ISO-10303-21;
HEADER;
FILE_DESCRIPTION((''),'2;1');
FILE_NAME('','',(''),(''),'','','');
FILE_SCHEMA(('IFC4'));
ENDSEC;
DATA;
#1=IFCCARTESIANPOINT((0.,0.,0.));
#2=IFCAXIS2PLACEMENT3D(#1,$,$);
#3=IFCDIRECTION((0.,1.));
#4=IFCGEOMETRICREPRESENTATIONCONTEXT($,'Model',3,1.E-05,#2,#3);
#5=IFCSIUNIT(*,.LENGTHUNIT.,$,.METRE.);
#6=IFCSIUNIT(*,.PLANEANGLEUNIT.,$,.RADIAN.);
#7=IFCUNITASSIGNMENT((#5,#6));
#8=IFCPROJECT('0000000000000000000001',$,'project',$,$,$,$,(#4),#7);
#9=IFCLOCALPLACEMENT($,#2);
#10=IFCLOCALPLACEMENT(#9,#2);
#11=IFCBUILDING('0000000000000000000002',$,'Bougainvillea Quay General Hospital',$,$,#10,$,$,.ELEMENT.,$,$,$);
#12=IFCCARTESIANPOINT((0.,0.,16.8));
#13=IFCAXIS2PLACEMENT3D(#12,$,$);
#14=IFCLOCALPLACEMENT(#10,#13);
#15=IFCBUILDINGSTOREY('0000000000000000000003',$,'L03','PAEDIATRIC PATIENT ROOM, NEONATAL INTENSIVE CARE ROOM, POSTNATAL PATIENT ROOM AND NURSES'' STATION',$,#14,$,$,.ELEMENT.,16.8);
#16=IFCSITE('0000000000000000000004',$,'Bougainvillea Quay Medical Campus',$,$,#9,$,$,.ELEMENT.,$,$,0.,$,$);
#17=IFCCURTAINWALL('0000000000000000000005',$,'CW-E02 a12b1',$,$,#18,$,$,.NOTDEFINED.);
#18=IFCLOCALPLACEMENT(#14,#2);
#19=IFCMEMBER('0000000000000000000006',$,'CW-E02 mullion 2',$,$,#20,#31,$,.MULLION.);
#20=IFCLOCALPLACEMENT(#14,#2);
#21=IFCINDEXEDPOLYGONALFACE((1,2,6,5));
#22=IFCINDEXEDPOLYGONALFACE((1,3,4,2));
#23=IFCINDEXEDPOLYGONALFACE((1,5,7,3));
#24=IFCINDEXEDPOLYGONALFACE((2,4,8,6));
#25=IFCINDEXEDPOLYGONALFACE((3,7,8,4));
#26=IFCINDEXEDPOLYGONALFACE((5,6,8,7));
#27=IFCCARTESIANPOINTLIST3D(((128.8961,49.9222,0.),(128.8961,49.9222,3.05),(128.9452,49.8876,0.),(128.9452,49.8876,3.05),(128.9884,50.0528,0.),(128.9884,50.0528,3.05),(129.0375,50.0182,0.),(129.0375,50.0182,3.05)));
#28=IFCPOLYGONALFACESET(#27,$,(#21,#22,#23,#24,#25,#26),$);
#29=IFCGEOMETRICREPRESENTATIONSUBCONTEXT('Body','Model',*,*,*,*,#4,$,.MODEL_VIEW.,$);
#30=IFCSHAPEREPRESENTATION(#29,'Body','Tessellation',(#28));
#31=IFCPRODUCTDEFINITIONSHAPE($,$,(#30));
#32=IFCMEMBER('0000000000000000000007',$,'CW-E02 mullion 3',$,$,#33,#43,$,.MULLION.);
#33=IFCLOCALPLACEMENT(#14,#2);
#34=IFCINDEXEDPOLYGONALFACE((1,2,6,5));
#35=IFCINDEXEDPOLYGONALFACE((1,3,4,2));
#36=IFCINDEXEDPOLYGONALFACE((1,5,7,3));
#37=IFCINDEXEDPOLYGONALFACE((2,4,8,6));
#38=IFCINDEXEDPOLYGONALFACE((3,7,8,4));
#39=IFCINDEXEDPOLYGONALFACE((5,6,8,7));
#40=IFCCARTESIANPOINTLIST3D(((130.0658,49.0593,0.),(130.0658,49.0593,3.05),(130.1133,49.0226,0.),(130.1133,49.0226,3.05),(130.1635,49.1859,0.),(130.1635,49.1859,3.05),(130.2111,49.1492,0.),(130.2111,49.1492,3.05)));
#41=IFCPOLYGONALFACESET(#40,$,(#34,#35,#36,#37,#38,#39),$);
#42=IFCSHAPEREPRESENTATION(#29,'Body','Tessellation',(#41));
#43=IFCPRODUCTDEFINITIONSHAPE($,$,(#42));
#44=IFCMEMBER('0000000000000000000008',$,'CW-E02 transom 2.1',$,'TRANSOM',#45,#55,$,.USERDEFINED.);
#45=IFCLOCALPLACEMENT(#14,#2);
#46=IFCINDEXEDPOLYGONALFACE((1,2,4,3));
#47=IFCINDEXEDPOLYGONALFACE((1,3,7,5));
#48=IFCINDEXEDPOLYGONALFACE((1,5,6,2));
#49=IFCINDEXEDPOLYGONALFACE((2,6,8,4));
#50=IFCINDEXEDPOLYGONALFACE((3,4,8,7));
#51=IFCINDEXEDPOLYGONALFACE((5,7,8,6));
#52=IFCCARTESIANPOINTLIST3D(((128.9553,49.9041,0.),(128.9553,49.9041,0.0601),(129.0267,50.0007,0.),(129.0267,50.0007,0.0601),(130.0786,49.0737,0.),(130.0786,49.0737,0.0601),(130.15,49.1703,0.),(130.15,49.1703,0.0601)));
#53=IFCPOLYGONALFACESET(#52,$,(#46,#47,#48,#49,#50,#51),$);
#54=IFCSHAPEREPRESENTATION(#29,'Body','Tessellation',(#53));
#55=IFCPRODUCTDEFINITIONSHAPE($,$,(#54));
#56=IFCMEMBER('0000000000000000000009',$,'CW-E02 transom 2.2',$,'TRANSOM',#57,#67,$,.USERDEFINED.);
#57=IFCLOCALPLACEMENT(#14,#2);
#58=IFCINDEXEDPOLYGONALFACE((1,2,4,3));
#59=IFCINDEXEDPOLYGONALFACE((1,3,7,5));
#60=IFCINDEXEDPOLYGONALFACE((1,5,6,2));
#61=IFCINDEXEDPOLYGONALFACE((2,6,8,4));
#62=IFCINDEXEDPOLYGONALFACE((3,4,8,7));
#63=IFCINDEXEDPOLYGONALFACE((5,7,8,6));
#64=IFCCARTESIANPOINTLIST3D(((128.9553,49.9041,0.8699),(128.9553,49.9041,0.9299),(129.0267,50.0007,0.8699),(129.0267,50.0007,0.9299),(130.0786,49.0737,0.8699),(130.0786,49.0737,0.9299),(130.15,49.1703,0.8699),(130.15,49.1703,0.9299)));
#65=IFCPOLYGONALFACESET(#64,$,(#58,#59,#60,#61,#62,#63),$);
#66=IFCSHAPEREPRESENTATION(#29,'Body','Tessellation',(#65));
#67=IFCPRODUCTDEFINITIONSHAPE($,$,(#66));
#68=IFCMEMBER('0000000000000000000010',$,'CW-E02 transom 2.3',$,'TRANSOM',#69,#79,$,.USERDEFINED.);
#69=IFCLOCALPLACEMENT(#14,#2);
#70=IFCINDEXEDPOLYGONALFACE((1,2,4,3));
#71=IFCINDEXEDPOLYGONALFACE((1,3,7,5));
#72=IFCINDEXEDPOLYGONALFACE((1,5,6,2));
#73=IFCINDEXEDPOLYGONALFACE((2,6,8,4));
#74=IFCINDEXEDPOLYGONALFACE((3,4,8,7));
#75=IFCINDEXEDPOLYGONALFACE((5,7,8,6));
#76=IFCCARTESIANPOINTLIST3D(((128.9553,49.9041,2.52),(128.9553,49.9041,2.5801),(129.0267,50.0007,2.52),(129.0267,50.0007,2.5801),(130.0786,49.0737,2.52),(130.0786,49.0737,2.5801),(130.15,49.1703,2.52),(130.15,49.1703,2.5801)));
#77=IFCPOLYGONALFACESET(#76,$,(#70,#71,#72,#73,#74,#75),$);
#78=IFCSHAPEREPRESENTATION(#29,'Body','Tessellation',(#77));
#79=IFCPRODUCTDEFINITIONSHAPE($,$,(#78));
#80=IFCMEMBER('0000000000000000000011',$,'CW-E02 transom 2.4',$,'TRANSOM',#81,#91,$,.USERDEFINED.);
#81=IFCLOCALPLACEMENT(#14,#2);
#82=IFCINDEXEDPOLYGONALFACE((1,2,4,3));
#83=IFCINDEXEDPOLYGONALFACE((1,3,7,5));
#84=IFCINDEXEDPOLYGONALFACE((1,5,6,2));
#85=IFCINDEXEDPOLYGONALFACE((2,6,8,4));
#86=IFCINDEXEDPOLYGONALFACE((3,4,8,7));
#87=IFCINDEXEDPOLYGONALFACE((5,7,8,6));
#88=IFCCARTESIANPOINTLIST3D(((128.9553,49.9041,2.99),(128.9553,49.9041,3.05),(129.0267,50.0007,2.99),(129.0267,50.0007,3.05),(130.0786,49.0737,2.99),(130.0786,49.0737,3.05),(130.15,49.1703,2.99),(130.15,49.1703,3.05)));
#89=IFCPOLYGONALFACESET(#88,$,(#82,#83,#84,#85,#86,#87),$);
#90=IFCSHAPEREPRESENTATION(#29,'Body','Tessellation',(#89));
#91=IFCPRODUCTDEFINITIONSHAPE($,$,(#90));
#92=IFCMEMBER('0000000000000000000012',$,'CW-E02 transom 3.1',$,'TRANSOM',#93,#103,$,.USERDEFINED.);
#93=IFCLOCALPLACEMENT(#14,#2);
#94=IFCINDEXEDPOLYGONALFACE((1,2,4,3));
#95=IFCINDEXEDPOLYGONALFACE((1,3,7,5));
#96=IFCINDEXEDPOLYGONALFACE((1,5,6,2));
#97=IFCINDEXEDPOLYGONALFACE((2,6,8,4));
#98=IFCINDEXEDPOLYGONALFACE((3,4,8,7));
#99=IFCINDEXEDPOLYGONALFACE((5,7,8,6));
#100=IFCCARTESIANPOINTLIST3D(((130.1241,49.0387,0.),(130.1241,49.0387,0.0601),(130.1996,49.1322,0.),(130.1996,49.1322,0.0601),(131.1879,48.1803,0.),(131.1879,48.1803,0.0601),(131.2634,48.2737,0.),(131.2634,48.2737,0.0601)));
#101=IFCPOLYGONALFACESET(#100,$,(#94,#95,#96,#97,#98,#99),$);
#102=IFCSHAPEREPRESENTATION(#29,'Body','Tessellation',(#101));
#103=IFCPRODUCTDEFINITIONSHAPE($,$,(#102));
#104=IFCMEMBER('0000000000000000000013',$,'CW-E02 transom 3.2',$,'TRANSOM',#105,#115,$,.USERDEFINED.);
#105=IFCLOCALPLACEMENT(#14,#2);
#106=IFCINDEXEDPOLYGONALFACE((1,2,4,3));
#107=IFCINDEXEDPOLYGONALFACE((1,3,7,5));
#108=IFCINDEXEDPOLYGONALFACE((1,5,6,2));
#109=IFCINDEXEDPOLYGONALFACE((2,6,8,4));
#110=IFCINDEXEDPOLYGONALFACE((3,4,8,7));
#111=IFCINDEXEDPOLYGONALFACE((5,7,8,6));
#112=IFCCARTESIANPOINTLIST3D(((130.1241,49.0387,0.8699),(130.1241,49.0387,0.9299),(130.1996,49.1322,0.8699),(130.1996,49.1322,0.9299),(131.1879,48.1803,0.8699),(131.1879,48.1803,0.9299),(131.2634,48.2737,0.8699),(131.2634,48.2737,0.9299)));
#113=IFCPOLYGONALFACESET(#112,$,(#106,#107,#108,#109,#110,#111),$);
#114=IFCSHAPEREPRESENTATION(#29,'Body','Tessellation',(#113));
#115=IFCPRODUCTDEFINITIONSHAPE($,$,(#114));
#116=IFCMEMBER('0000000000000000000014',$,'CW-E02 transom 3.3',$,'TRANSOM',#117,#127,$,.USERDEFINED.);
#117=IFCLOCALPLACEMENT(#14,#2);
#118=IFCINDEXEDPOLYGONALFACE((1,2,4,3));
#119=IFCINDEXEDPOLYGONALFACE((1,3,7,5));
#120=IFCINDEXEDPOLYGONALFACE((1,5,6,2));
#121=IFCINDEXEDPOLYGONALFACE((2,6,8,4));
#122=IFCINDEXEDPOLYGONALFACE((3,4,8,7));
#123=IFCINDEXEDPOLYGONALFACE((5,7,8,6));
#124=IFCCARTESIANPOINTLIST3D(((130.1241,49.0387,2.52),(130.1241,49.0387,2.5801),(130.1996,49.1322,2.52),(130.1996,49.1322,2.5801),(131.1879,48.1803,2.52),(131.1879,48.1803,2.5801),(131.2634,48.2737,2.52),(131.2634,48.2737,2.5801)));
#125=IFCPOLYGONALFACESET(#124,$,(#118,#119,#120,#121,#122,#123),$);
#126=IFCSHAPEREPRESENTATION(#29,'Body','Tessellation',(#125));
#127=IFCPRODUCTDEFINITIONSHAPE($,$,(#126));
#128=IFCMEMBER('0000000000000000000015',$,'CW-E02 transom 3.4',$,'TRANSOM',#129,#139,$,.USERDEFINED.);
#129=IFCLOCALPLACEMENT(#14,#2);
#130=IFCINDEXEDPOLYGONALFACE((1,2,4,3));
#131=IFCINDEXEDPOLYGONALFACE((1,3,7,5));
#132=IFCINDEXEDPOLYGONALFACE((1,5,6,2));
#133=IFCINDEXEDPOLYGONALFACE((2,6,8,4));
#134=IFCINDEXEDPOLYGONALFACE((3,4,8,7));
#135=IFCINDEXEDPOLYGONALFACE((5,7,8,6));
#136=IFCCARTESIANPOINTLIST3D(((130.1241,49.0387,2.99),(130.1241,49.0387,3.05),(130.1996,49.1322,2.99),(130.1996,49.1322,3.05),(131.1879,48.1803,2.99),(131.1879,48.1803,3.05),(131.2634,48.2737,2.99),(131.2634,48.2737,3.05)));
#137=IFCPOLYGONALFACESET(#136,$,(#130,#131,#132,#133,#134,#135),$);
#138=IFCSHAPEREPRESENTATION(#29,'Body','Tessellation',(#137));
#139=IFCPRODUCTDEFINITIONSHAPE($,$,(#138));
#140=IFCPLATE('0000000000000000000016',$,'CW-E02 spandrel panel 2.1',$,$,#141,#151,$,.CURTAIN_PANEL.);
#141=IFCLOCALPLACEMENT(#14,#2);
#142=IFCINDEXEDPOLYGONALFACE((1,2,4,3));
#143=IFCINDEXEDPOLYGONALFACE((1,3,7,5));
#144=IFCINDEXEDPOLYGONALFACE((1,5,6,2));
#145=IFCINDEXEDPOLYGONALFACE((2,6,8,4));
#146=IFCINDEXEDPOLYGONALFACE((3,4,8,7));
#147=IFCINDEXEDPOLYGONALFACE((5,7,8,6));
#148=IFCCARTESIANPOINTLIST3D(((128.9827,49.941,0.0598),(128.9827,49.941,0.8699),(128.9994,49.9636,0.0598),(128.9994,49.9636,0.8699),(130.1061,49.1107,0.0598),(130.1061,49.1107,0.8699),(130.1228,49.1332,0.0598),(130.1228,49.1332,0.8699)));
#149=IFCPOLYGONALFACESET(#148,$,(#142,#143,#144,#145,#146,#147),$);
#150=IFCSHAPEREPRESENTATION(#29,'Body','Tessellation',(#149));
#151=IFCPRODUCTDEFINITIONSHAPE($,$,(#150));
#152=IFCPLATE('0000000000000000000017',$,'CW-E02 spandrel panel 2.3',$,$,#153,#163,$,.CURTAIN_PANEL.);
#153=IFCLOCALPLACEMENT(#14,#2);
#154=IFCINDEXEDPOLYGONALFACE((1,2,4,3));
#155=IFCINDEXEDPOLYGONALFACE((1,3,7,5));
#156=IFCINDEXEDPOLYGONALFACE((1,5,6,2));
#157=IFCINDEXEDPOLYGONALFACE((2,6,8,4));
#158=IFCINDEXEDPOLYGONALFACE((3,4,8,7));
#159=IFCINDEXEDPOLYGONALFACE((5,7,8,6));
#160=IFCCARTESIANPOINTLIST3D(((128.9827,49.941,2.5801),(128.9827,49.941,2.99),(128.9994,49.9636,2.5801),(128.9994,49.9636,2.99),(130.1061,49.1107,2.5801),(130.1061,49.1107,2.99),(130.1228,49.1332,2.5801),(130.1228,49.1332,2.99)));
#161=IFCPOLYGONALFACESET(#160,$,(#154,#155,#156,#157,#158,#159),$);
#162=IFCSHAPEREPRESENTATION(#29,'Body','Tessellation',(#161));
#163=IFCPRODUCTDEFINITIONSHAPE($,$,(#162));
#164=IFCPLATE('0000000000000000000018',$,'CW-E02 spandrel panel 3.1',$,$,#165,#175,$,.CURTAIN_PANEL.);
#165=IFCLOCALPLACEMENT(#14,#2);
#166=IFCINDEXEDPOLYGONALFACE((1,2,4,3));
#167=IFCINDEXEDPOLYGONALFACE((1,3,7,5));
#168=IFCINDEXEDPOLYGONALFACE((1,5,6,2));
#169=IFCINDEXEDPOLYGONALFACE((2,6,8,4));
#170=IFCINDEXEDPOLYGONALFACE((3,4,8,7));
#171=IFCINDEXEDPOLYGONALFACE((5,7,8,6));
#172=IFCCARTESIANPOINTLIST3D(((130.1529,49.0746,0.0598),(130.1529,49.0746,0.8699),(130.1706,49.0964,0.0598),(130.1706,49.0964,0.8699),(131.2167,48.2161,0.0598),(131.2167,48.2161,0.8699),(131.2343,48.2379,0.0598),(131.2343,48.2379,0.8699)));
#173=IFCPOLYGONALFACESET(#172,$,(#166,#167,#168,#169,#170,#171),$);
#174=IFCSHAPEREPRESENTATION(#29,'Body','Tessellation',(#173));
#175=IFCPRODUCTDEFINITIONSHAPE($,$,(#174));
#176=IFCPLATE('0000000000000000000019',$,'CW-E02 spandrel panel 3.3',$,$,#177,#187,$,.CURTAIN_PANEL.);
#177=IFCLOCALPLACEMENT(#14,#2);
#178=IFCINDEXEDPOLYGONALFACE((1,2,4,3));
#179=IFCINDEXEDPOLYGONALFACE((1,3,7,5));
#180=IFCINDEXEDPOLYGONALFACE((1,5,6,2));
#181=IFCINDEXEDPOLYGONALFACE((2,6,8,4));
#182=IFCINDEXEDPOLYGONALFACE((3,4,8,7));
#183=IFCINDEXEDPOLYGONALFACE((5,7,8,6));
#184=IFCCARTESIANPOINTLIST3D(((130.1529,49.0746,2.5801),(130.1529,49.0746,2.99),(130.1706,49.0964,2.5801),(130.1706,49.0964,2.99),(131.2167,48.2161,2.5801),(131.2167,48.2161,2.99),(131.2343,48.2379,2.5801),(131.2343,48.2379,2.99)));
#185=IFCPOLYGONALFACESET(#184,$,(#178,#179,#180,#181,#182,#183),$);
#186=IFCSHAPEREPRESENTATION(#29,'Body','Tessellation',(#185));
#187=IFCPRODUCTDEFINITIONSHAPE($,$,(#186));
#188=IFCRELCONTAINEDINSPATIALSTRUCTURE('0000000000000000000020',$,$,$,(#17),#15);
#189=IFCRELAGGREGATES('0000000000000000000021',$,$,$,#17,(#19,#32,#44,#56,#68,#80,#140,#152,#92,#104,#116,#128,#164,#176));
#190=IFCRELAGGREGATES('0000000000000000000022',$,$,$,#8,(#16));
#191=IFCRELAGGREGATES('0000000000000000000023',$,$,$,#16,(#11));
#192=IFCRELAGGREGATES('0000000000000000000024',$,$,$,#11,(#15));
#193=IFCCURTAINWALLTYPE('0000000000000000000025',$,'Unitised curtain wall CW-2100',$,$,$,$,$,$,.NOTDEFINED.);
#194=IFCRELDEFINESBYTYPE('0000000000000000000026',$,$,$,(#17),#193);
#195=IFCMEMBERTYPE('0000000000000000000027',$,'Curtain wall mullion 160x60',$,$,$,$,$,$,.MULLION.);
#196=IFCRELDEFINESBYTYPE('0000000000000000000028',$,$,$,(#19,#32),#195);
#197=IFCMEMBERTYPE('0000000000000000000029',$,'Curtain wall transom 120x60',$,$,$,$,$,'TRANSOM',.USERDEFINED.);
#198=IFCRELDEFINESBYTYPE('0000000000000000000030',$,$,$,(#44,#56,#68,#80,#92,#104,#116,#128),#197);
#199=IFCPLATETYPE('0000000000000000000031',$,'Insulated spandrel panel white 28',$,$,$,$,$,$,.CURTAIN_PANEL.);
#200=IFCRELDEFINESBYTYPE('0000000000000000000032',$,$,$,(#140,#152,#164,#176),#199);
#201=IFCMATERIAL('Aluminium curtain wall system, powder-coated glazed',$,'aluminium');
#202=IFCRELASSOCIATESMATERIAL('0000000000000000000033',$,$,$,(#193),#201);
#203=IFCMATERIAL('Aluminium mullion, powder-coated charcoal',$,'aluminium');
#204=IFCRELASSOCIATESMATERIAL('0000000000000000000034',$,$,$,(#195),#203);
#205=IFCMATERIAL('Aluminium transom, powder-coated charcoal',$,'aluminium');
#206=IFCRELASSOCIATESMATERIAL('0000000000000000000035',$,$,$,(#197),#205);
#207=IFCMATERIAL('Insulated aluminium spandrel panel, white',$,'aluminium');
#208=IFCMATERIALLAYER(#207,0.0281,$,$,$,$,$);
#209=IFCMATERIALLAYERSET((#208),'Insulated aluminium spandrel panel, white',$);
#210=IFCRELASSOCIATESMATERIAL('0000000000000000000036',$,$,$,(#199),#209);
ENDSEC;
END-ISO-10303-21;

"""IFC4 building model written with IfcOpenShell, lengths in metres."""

from ifc_helpers import new_model, si_unit, direction, frame, origin, origin_2d, place, context, subcontext, project, spatial, rectangle, extrude, material, layer, layer_set, material_profile, profile_set, type_object, element, aggregate, save


model = new_model("IFC4")

# Units and contexts
model_context = context("Model", 3, precision=1e-05, world=origin(), true_north=direction((0.0, 1.0)))
body_context = subcontext(model_context, "Body", "Model", "MODEL_VIEW")
ifc_project = project(units=[si_unit("LENGTHUNIT", "METRE"), si_unit("PLANEANGLEUNIT", "RADIAN")], contexts=[model_context])

# Site, building, storey
site_placement = place(None, origin())
site = spatial("IfcSite", under=ifc_project, at=site_placement, Name="Bougainvillea Quay Medical Campus", CompositionType="ELEMENT", RefElevation=0.0)
building_placement = place(site_placement, origin())
building = spatial("IfcBuilding", under=site, at=building_placement, Name="Bougainvillea Quay General Hospital", CompositionType="ELEMENT")
storey_placement = place(building_placement, frame((0.0, 0.0, 16.8)))
storey = spatial("IfcBuildingStorey", under=building, at=storey_placement, Name="L03", Description="PAEDIATRIC PATIENT ROOM, NEONATAL INTENSIVE CARE ROOM, POSTNATAL PATIENT ROOM AND NURSES' STATION", CompositionType="ELEMENT", Elevation=16.8)

# Curtain wall, members, plates
ifc_material_1 = material(Name="Aluminium curtain wall system, powder-coated glazed", Category="aluminium")
curtain_wall_type = type_object("IfcCurtainWallType", Name="Unitised curtain wall CW-2100", PredefinedType="NOTDEFINED", material=ifc_material_1)
curtain_wall_placement = place(storey_placement, origin())
curtain_wall = element("IfcCurtainWall", 1, at=curtain_wall_placement, inside=storey, type_object=curtain_wall_type, Name="CW-E02 a12b1", PredefinedType="NOTDEFINED")
ifc_material_2 = material(Name="Aluminium mullion, powder-coated charcoal", Category="aluminium")
ifc_material_profile_1 = material_profile(ifc_material_2, rectangle(XDim=0.1599, YDim=0.0601, at=origin_2d()))
ifc_profile_set_1 = profile_set([ifc_material_profile_1], Name="Aluminium mullion, powder-coated charcoal")
member_type_1 = type_object("IfcMemberType", Name="Curtain wall mullion 160x60", PredefinedType="MULLION", material=ifc_profile_set_1)
member_1_placement = place(storey_placement, frame((128.9668, 49.9702, 0.0), z_axis=(0.0, 0.0, 1.0), x_axis=(0.577136, 0.816648, 0.0)))
member_1 = element("IfcMember", 2, at=member_1_placement, type_object=member_type_1, Name="CW-E02 mullion 2", PredefinedType="MULLION", context=body_context, shape_type="SweptSolid", body=[
    extrude(rectangle(XDim=0.1599, YDim=0.0601, at=origin_2d()), origin(), (0.0, 0.0, 1.0), 3.05),
])
member_2_placement = place(storey_placement, frame((130.1384, 49.1042, 0.0), z_axis=(0.0, 0.0, 1.0), x_axis=(0.611343, 0.791366, 0.0)))
member_2 = element("IfcMember", 3, at=member_2_placement, type_object=member_type_1, Name="CW-E02 mullion 3", PredefinedType="MULLION", context=body_context, shape_type="SweptSolid", body=[
    extrude(rectangle(XDim=0.1599, YDim=0.0601, at=origin_2d()), origin(), (0.0, 0.0, 1.0), 3.05),
])
ifc_material_3 = material(Name="Aluminium transom, powder-coated charcoal", Category="aluminium")
ifc_material_profile_2 = material_profile(ifc_material_3, rectangle(XDim=0.1201, YDim=0.0601, at=origin_2d()))
ifc_profile_set_2 = profile_set([ifc_material_profile_2], Name="Aluminium transom, powder-coated charcoal")
member_type_2 = type_object("IfcMemberType", Name="Curtain wall transom 120x60", ElementType="TRANSOM", PredefinedType="USERDEFINED", material=ifc_profile_set_2)
member_3_placement = place(storey_placement, frame((128.991, 49.9524, 0.03), z_axis=(0.804154, -0.594421, 0.0), x_axis=(0.594421, 0.804154, 0.0)))
member_3 = element("IfcMember", 4, at=member_3_placement, type_object=member_type_2, Name="CW-E02 transom 2.1", ObjectType="TRANSOM", PredefinedType="USERDEFINED", context=body_context, shape_type="SweptSolid", body=[
    extrude(rectangle(XDim=0.1201, YDim=0.0601, at=origin_2d()), origin(), (0.0, 0.0, 1.0), 1.397),
])
member_4_placement = place(storey_placement, frame((128.991, 49.9524, 0.8999), z_axis=(0.804154, -0.594421, 0.0), x_axis=(0.594421, 0.804154, 0.0)))
member_4 = element("IfcMember", 5, at=member_4_placement, type_object=member_type_2, Name="CW-E02 transom 2.2", ObjectType="TRANSOM", PredefinedType="USERDEFINED", context=body_context, shape_type="SweptSolid", body=[
    extrude(rectangle(XDim=0.1201, YDim=0.0601, at=origin_2d()), origin(), (0.0, 0.0, 1.0), 1.397),
])
member_5_placement = place(storey_placement, frame((128.991, 49.9524, 2.55), z_axis=(0.804154, -0.594421, 0.0), x_axis=(0.594421, 0.804154, 0.0)))
member_5 = element("IfcMember", 6, at=member_5_placement, type_object=member_type_2, Name="CW-E02 transom 2.3", ObjectType="TRANSOM", PredefinedType="USERDEFINED", context=body_context, shape_type="SweptSolid", body=[
    extrude(rectangle(XDim=0.1201, YDim=0.0601, at=origin_2d()), origin(), (0.0, 0.0, 1.0), 1.397),
])
member_6_placement = place(storey_placement, frame((128.991, 49.9524, 3.02), z_axis=(0.804154, -0.594421, 0.0), x_axis=(0.594421, 0.804154, 0.0)))
member_6 = element("IfcMember", 7, at=member_6_placement, type_object=member_type_2, Name="CW-E02 transom 2.4", ObjectType="TRANSOM", PredefinedType="USERDEFINED", context=body_context, shape_type="SweptSolid", body=[
    extrude(rectangle(XDim=0.1201, YDim=0.0601, at=origin_2d()), origin(), (0.0, 0.0, 1.0), 1.397),
])
member_7_placement = place(storey_placement, frame((130.1619, 49.0854, 0.03), z_axis=(0.778213, -0.628, 0.0), x_axis=(0.628, 0.778213, 0.0)))
member_7 = element("IfcMember", 8, at=member_7_placement, type_object=member_type_2, Name="CW-E02 transom 3.1", ObjectType="TRANSOM", PredefinedType="USERDEFINED", context=body_context, shape_type="SweptSolid", body=[
    extrude(rectangle(XDim=0.1201, YDim=0.0601, at=origin_2d()), origin(), (0.0, 0.0, 1.0), 1.3669),
])
member_8_placement = place(storey_placement, frame((130.1619, 49.0854, 0.8999), z_axis=(0.778213, -0.628, 0.0), x_axis=(0.628, 0.778213, 0.0)))
member_8 = element("IfcMember", 9, at=member_8_placement, type_object=member_type_2, Name="CW-E02 transom 3.2", ObjectType="TRANSOM", PredefinedType="USERDEFINED", context=body_context, shape_type="SweptSolid", body=[
    extrude(rectangle(XDim=0.1201, YDim=0.0601, at=origin_2d()), origin(), (0.0, 0.0, 1.0), 1.3669),
])
member_9_placement = place(storey_placement, frame((130.1619, 49.0854, 2.55), z_axis=(0.778213, -0.628, 0.0), x_axis=(0.628, 0.778213, 0.0)))
member_9 = element("IfcMember", 10, at=member_9_placement, type_object=member_type_2, Name="CW-E02 transom 3.3", ObjectType="TRANSOM", PredefinedType="USERDEFINED", context=body_context, shape_type="SweptSolid", body=[
    extrude(rectangle(XDim=0.1201, YDim=0.0601, at=origin_2d()), origin(), (0.0, 0.0, 1.0), 1.3669),
])
member_10_placement = place(storey_placement, frame((130.1619, 49.0854, 3.02), z_axis=(0.778213, -0.628, 0.0), x_axis=(0.628, 0.778213, 0.0)))
member_10 = element("IfcMember", 11, at=member_10_placement, type_object=member_type_2, Name="CW-E02 transom 3.4", ObjectType="TRANSOM", PredefinedType="USERDEFINED", context=body_context, shape_type="SweptSolid", body=[
    extrude(rectangle(XDim=0.1201, YDim=0.0601, at=origin_2d()), origin(), (0.0, 0.0, 1.0), 1.3669),
])
ifc_material_4 = material(Name="Insulated aluminium spandrel panel, white", Category="aluminium")
ifc_layer_1 = layer(ifc_material_4, 0.0281)
ifc_layer_set_1 = layer_set([ifc_layer_1], Name="Insulated aluminium spandrel panel, white")
plate_type_1 = type_object("IfcPlateType", Name="Insulated spandrel panel white 28", PredefinedType="CURTAIN_PANEL", material=ifc_layer_set_1)
plate_1_placement = place(storey_placement, frame((129.5527, 49.5371, 0.0598), z_axis=(0.0, 0.0, 1.0), x_axis=(0.804189, -0.594374, 0.0)))
plate_1 = element("IfcPlate", 12, at=plate_1_placement, type_object=plate_type_1, Name="CW-E02 spandrel panel 2.1", PredefinedType="CURTAIN_PANEL", context=body_context, shape_type="SweptSolid", body=[
    extrude(rectangle(XDim=1.397, YDim=0.0281, at=origin_2d()), origin(), (0.0, 0.0, 1.0), 0.8101),
])
plate_2_placement = place(storey_placement, frame((129.5527, 49.5371, 2.5801), z_axis=(0.0, 0.0, 1.0), x_axis=(0.804189, -0.594374, 0.0)))
plate_2 = element("IfcPlate", 13, at=plate_2_placement, type_object=plate_type_1, Name="CW-E02 spandrel panel 2.3", PredefinedType="CURTAIN_PANEL", context=body_context, shape_type="SweptSolid", body=[
    extrude(rectangle(XDim=1.397, YDim=0.0281, at=origin_2d()), origin(), (0.0, 0.0, 1.0), 0.4099),
])
plate_3_placement = place(storey_placement, frame((130.6936, 48.6562, 0.0598), z_axis=(0.0, 0.0, 1.0), x_axis=(0.778185, -0.628035, 0.0)))
plate_3 = element("IfcPlate", 14, at=plate_3_placement, type_object=plate_type_1, Name="CW-E02 spandrel panel 3.1", PredefinedType="CURTAIN_PANEL", context=body_context, shape_type="SweptSolid", body=[
    extrude(rectangle(XDim=1.3669, YDim=0.0281, at=origin_2d()), origin(), (0.0, 0.0, 1.0), 0.8101),
])
plate_4_placement = place(storey_placement, frame((130.6936, 48.6562, 2.5801), z_axis=(0.0, 0.0, 1.0), x_axis=(0.778185, -0.628035, 0.0)))
plate_4 = element("IfcPlate", 15, at=plate_4_placement, type_object=plate_type_1, Name="CW-E02 spandrel panel 3.3", PredefinedType="CURTAIN_PANEL", context=body_context, shape_type="SweptSolid", body=[
    extrude(rectangle(XDim=1.3669, YDim=0.0281, at=origin_2d()), origin(), (0.0, 0.0, 1.0), 0.4099),
])
aggregate(curtain_wall, [member_1, member_2, member_3, member_4, member_5, member_6, plate_1, plate_2, member_7, member_8, member_9, member_10, plate_3, plate_4])

save(model, "model.ifc")
